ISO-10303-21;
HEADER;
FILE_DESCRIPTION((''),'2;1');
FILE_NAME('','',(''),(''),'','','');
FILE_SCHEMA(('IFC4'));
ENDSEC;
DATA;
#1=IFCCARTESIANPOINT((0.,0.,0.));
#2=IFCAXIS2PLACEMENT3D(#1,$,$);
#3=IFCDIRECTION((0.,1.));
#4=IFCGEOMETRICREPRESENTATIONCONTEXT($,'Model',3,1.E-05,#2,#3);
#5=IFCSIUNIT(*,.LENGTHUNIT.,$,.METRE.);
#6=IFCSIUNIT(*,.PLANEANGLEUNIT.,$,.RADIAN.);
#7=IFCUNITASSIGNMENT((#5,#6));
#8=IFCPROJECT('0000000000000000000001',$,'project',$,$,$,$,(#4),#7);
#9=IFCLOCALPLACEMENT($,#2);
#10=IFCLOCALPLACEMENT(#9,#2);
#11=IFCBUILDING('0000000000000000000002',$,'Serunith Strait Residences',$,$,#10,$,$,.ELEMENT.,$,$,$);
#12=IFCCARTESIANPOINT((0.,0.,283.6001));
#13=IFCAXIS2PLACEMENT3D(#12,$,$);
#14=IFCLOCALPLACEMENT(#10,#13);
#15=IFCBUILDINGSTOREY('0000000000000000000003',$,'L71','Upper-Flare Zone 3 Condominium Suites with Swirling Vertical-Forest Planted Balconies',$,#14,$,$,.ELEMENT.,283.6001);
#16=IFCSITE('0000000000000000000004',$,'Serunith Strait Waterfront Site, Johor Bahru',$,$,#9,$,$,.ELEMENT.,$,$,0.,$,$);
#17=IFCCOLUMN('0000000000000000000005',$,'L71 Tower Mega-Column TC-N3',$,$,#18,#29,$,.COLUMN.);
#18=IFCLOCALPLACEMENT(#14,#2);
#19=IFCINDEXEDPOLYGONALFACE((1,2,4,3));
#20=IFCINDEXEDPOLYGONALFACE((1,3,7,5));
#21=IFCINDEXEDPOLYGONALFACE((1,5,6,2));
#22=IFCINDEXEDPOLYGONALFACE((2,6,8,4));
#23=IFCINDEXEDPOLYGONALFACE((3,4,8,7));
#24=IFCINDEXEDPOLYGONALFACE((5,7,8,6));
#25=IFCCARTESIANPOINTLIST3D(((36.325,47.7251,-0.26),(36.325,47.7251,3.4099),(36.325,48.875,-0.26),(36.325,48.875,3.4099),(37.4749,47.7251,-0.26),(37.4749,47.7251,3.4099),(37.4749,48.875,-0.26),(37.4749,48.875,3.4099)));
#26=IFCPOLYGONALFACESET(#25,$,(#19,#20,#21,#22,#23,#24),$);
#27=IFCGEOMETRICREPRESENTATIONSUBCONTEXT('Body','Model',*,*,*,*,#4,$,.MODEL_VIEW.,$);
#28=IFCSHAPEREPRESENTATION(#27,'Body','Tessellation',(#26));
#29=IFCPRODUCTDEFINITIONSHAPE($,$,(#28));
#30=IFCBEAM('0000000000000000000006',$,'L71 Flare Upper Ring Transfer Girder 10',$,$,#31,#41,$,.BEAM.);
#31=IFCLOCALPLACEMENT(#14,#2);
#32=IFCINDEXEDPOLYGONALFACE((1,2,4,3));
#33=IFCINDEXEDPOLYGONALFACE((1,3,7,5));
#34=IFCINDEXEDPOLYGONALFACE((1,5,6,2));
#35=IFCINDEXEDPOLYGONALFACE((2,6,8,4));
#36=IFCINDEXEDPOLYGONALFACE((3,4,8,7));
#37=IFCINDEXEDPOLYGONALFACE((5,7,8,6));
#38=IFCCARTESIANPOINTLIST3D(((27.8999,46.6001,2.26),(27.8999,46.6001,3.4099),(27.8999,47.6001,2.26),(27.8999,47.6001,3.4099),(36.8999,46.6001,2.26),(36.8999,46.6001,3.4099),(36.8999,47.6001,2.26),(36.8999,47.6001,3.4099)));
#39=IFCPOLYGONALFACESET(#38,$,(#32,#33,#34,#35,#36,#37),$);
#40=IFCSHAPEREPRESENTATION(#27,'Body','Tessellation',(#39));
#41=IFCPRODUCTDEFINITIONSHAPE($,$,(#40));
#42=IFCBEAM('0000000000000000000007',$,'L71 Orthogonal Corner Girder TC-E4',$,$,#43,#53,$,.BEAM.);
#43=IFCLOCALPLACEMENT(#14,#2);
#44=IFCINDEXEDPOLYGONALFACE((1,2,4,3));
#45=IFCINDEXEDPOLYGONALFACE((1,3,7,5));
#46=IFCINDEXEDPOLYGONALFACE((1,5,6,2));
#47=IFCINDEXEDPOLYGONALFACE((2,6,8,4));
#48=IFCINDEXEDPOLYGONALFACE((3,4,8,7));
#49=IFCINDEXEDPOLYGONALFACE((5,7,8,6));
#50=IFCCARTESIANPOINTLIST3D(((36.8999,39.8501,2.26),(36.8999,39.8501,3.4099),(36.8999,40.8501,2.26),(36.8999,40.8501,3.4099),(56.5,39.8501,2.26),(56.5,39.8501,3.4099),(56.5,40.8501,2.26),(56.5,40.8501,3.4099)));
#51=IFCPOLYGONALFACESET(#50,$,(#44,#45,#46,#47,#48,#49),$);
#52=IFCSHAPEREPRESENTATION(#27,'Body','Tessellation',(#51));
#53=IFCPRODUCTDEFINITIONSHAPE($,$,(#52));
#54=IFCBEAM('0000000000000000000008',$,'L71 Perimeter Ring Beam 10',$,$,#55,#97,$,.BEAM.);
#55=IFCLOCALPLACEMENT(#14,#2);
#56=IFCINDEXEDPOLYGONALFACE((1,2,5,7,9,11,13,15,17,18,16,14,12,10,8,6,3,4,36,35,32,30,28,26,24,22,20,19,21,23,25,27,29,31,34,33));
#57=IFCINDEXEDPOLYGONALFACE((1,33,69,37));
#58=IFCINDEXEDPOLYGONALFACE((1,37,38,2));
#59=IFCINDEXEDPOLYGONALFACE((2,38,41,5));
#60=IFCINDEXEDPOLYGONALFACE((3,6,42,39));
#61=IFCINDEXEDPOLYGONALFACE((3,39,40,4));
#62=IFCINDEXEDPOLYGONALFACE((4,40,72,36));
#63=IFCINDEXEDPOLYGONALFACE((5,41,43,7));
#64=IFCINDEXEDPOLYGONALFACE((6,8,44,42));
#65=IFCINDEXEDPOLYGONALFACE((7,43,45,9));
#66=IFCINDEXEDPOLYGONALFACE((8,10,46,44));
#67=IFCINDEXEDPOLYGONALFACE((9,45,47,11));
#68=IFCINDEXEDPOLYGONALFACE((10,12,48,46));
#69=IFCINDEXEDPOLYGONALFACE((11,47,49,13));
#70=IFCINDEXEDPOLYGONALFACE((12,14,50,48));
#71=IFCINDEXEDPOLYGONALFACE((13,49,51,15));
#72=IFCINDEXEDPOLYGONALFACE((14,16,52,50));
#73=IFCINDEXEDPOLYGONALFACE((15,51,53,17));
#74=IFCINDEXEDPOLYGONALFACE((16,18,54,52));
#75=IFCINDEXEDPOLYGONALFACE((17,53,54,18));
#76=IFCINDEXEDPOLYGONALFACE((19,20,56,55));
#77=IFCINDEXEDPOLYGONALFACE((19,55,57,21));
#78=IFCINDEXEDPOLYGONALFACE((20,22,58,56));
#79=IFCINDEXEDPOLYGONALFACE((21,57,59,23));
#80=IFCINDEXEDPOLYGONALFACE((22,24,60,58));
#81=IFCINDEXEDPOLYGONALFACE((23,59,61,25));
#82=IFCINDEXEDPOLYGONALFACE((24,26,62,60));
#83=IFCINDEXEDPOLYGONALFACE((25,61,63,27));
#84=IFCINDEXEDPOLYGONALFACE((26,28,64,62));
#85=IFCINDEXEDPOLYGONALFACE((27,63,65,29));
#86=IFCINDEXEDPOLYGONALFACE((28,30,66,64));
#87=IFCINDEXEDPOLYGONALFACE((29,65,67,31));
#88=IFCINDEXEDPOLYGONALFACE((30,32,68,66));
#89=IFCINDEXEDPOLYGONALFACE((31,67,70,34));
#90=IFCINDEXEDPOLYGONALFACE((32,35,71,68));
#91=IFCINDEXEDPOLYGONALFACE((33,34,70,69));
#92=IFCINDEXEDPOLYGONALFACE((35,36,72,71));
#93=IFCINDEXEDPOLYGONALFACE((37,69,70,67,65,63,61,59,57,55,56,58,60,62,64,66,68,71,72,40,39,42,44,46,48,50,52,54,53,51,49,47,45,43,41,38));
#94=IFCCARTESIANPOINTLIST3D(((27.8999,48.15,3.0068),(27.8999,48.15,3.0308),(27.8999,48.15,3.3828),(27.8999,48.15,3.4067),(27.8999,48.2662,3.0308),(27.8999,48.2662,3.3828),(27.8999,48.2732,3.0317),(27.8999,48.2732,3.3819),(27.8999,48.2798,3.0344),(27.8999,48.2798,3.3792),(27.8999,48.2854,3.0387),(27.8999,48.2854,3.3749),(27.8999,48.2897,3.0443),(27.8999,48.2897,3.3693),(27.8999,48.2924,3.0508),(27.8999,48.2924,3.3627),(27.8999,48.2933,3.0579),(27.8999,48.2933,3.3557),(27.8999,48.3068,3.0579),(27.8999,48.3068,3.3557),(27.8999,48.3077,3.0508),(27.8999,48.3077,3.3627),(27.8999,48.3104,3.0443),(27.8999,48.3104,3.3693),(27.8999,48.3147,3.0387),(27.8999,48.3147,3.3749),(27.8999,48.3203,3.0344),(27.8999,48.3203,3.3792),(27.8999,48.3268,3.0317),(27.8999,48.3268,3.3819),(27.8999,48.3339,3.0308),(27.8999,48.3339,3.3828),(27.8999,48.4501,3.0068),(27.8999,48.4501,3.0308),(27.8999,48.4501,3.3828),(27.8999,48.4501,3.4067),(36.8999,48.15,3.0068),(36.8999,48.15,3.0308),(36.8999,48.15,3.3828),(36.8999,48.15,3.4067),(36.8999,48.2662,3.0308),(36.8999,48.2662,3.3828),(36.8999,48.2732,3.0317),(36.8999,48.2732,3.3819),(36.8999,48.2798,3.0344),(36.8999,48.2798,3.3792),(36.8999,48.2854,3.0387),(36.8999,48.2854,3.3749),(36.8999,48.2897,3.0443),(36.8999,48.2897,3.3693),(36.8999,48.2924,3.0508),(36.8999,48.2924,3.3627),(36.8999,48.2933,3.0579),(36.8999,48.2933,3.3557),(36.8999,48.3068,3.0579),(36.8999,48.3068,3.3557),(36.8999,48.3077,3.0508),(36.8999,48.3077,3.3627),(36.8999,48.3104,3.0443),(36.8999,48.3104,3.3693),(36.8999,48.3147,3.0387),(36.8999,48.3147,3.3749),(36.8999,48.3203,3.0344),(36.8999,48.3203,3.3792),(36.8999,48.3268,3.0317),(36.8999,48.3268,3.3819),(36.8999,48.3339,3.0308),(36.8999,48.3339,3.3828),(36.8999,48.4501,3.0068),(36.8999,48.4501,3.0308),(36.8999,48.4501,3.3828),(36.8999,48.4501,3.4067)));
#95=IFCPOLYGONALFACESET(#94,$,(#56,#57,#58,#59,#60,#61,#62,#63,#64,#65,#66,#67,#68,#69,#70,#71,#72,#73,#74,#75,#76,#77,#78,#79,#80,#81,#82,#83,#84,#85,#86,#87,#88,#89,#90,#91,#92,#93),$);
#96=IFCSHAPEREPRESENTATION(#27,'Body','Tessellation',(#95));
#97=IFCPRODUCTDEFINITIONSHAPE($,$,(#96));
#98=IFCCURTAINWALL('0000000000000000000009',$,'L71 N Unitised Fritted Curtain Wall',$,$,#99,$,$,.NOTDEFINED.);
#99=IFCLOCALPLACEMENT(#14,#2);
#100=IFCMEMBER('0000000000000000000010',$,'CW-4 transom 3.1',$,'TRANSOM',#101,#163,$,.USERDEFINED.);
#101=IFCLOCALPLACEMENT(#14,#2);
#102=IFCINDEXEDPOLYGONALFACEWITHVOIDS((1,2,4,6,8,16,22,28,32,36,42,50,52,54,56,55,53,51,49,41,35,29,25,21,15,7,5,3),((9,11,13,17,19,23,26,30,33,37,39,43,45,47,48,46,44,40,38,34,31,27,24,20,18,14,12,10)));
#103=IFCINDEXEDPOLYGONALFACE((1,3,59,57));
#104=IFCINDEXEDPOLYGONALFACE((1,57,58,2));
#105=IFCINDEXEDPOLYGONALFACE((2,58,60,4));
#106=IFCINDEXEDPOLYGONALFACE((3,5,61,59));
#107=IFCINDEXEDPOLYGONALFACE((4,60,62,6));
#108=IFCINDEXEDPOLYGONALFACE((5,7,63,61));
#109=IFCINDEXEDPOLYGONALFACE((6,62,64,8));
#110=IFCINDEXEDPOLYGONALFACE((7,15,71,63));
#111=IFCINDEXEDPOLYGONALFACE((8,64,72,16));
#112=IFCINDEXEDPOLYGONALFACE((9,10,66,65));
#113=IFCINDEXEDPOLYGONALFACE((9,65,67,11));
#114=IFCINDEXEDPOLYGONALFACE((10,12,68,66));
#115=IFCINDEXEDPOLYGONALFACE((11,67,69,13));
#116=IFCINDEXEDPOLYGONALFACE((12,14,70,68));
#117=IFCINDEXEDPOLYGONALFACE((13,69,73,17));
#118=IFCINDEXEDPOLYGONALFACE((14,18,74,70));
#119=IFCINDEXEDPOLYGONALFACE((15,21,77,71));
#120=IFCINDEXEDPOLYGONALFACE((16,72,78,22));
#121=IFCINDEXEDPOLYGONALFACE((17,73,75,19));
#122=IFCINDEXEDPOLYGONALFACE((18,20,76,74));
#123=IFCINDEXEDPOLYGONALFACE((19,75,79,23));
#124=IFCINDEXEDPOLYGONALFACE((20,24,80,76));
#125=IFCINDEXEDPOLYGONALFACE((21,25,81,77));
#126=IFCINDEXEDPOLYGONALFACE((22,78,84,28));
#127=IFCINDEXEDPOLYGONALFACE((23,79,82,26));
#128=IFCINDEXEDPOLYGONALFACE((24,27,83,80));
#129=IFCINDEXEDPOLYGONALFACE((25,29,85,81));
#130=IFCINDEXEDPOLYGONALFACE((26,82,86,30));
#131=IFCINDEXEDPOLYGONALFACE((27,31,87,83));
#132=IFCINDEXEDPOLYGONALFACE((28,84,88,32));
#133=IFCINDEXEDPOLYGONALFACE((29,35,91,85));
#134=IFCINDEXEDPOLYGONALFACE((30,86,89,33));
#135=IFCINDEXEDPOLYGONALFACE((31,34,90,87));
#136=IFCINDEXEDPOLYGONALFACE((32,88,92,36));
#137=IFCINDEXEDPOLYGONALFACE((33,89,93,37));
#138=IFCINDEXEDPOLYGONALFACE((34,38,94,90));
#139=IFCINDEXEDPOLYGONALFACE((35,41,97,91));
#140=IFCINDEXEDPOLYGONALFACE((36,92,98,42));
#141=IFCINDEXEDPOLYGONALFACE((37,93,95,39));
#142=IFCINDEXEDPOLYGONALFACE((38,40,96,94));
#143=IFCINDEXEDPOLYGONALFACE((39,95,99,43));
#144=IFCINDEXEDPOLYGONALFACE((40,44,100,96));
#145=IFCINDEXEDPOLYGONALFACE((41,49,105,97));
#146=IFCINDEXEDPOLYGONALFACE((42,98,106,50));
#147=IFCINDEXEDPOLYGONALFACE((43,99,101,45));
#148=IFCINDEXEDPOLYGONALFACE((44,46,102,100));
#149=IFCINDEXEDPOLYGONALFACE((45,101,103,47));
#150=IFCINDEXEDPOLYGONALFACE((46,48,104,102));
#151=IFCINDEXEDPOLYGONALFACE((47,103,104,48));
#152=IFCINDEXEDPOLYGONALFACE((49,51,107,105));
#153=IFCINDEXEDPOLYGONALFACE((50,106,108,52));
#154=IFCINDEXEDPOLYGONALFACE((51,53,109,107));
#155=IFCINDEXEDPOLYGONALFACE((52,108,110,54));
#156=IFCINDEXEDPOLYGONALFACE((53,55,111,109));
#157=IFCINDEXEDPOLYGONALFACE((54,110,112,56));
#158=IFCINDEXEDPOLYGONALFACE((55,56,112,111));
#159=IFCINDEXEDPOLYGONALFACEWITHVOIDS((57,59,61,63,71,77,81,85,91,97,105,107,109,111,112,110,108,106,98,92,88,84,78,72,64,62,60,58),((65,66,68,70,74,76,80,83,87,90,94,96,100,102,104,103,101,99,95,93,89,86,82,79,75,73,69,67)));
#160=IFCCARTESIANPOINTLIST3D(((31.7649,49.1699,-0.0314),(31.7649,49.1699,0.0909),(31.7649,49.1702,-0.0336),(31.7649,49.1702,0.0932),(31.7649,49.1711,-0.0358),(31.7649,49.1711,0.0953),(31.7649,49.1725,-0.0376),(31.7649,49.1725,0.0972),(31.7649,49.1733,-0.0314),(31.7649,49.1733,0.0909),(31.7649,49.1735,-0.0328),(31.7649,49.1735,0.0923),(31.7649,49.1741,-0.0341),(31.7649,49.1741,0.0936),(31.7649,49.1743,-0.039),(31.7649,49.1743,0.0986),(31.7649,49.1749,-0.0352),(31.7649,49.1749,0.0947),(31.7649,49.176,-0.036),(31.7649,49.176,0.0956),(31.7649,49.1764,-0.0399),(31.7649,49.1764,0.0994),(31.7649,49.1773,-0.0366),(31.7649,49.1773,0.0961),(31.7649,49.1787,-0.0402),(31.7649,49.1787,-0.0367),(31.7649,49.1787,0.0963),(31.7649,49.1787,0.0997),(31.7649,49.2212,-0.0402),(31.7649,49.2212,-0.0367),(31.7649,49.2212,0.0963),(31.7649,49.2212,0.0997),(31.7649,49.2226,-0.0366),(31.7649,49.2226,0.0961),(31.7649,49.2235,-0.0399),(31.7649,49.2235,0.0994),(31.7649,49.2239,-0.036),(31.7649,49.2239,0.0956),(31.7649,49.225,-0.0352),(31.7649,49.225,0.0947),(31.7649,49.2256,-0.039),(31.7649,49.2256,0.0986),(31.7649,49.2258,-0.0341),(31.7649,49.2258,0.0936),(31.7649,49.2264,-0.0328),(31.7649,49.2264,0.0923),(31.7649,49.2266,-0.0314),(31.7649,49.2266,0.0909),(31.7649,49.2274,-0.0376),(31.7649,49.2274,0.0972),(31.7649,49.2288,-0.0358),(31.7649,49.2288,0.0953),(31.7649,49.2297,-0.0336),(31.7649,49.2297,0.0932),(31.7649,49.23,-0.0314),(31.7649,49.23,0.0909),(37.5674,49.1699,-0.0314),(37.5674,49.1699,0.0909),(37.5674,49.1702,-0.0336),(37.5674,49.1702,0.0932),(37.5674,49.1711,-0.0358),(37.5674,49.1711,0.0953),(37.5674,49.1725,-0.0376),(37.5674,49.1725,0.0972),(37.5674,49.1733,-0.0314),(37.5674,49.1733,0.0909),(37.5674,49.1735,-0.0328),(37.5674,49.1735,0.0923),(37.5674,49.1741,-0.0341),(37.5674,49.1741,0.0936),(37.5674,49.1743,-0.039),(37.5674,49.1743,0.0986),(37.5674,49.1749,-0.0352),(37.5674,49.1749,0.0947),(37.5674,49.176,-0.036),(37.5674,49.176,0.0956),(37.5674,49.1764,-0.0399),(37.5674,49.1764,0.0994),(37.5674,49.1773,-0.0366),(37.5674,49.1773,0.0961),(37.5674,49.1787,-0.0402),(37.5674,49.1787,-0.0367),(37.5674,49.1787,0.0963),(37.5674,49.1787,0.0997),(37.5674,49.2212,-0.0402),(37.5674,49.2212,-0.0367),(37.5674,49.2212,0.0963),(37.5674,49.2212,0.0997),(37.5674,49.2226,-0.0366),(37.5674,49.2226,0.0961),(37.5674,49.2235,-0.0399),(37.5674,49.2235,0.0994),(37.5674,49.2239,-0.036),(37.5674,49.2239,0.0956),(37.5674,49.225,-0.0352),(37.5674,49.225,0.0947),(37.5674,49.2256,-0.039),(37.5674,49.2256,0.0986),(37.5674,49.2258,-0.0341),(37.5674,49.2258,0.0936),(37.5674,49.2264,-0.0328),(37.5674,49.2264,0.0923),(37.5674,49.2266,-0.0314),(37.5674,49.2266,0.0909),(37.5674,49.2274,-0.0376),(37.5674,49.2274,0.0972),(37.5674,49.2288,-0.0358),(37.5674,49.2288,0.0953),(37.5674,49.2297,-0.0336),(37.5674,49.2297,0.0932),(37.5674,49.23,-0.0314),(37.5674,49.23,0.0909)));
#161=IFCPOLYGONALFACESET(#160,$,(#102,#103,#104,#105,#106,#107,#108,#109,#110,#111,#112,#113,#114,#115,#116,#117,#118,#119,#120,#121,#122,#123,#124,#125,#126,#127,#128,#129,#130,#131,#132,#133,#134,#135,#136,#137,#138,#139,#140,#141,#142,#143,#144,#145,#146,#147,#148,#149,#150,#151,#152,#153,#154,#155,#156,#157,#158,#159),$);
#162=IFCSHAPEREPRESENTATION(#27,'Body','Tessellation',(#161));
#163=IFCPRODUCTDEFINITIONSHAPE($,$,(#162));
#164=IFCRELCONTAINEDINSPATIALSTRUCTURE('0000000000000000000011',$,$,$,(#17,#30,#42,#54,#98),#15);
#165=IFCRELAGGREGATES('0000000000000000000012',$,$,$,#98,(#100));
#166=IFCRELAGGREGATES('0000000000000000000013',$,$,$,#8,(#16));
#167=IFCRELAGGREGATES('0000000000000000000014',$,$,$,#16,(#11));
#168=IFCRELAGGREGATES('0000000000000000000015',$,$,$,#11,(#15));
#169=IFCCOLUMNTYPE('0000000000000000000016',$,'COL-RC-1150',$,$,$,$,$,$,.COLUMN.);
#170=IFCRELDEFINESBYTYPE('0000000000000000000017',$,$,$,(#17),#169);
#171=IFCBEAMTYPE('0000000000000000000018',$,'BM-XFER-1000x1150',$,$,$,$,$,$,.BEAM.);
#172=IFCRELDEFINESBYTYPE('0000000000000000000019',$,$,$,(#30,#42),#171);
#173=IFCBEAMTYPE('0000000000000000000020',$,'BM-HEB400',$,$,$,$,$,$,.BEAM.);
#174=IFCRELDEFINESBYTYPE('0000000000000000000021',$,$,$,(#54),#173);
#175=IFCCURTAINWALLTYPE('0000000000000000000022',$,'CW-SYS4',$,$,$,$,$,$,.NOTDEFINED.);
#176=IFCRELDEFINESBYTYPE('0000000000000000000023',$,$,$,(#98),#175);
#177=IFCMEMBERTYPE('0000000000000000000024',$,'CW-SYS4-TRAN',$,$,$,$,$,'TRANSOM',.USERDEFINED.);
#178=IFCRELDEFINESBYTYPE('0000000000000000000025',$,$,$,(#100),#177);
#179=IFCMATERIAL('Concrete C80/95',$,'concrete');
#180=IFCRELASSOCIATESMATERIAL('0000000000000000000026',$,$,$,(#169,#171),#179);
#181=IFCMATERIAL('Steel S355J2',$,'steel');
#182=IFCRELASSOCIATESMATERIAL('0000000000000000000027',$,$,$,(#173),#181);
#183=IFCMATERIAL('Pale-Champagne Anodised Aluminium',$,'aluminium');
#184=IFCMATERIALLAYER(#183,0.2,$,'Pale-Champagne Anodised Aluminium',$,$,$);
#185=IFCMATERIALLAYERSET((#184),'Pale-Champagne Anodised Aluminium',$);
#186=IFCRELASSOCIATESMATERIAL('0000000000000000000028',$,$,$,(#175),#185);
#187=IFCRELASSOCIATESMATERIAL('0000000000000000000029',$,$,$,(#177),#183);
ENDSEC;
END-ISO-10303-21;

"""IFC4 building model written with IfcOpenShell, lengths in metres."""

from ifc_helpers import new_model, si_unit, direction, frame, origin, origin_2d, place, context, subcontext, project, spatial, rectangle, hollow_rectangle, i_section, extrude, source, transform, mapped, material, layer, layer_set, material_profile, profile_set, type_object, element, aggregate, save


model = new_model("IFC4")

# Units and contexts
model_context = context("Model", 3, precision=1e-05, world=origin(), true_north=direction((0.0, 1.0)))
body_context = subcontext(model_context, "Body", "Model", "MODEL_VIEW")
ifc_project = project(units=[si_unit("LENGTHUNIT", "METRE"), si_unit("PLANEANGLEUNIT", "RADIAN")], contexts=[model_context])

# Site, building, storey
site_placement = place(None, origin())
site = spatial("IfcSite", under=ifc_project, at=site_placement, Name="Serunith Strait Waterfront Site, Johor Bahru", CompositionType="ELEMENT", RefElevation=0.0)
building_placement = place(site_placement, origin())
building = spatial("IfcBuilding", under=site, at=building_placement, Name="Serunith Strait Residences", CompositionType="ELEMENT")
storey_placement = place(building_placement, frame((0.0, 0.0, 283.6001)))
storey = spatial("IfcBuildingStorey", under=building, at=storey_placement, Name="L71", Description="Upper-Flare Zone 3 Condominium Suites with Swirling Vertical-Forest Planted Balconies", CompositionType="ELEMENT", Elevation=283.6001)

# Column
ifc_material_1 = material(Name="Concrete C80/95", Category="concrete")
ifc_material_profile_1 = material_profile(ifc_material_1, rectangle(XDim=1.1499, YDim=1.1499, at=origin_2d()), Name="RC 1150x1150")
ifc_profile_set_1 = profile_set([ifc_material_profile_1], Name="Concrete C80/95")
column_type = type_object("IfcColumnType", Name="COL-RC-1150", PredefinedType="COLUMN", material=ifc_profile_set_1)
shared_shape_1 = source(origin(), body_context, "Body", "SweptSolid", [
    extrude(rectangle(XDim=1.1499, YDim=1.1499, at=origin_2d()), origin(), (0.0, 0.0, 1.0), 3.6699),
])
column_placement = place(storey_placement, frame((36.8999, 48.3, -0.26), z_axis=(0.0, 0.0, 1.0), x_axis=(1.0, 0.0, 0.0)))
element("IfcColumn", 1, at=column_placement, inside=storey, type_object=column_type, Name="L71 Tower Mega-Column TC-N3", PredefinedType="COLUMN", context=body_context, shape_type="MappedRepresentation", body=[
    mapped(shared_shape_1, transform((0.0, 0.0, 0.0), scale=1.0)),
])

# Beams
ifc_material_profile_2 = material_profile(ifc_material_1, rectangle(XDim=1.0, YDim=1.1499, at=origin_2d()), Name="RC 1000x1150")
ifc_profile_set_2 = profile_set([ifc_material_profile_2], Name="Concrete C80/95")
beam_type_1 = type_object("IfcBeamType", Name="BM-XFER-1000x1150", PredefinedType="BEAM", material=ifc_profile_set_2)
shared_shape_2 = source(origin(), body_context, "Body", "SweptSolid", [
    extrude(rectangle(XDim=1.0, YDim=1.1499, at=origin_2d()), origin(), (0.0, 0.0, 1.0), 9.0),
])
beam_1_placement = place(storey_placement, frame((36.8999, 47.1001, 2.835), z_axis=(-1.0, 0.0, 0.0), x_axis=(0.0, -1.0, 0.0)))
element("IfcBeam", 2, at=beam_1_placement, inside=storey, type_object=beam_type_1, Name="L71 Flare Upper Ring Transfer Girder 10", PredefinedType="BEAM", context=body_context, shape_type="MappedRepresentation", body=[
    mapped(shared_shape_2, transform((0.0, 0.0, 0.0), scale=1.0)),
])
shared_shape_3 = source(origin(), body_context, "Body", "SweptSolid", [
    extrude(rectangle(XDim=1.0, YDim=1.1499, at=origin_2d()), origin(), (0.0, 0.0, 1.0), 19.6001),
])
beam_2_placement = place(storey_placement, frame((36.8999, 40.3501, 2.835), z_axis=(1.0, 0.0, 0.0), x_axis=(0.0, 1.0, 0.0)))
element("IfcBeam", 3, at=beam_2_placement, inside=storey, type_object=beam_type_1, Name="L71 Orthogonal Corner Girder TC-E4", PredefinedType="BEAM", context=body_context, shape_type="MappedRepresentation", body=[
    mapped(shared_shape_3, transform((0.0, 0.0, 0.0), scale=1.0)),
])
ifc_material_2 = material(Name="Steel S355J2", Category="steel")
ifc_material_profile_3 = material_profile(ifc_material_2, i_section(OverallWidth=0.3, OverallDepth=0.3999, WebThickness=0.0134, FlangeThickness=0.0239, FilletRadius=0.0271, at=origin_2d()), Name="HEB 400")
ifc_profile_set_3 = profile_set([ifc_material_profile_3], Name="Steel S355J2")
beam_type_2 = type_object("IfcBeamType", Name="BM-HEB400", PredefinedType="BEAM", material=ifc_profile_set_3)
shared_shape_4 = source(origin(), body_context, "Body", "SweptSolid", [
    extrude(i_section(OverallWidth=0.3, OverallDepth=0.3999, WebThickness=0.0134, FlangeThickness=0.0239, FilletRadius=0.0271, at=origin_2d()), origin(), (0.0, 0.0, 1.0), 9.0),
])
beam_3_placement = place(storey_placement, frame((36.8999, 48.3, 3.2068), z_axis=(-1.0, 0.0, 0.0), x_axis=(0.0, -1.0, 0.0)))
element("IfcBeam", 4, at=beam_3_placement, inside=storey, type_object=beam_type_2, Name="L71 Perimeter Ring Beam 10", PredefinedType="BEAM", context=body_context, shape_type="MappedRepresentation", body=[
    mapped(shared_shape_4, transform((0.0, 0.0, 0.0), scale=1.0)),
])

# Curtain wall, member
ifc_material_3 = material(Name="Pale-Champagne Anodised Aluminium", Category="aluminium")
ifc_layer_1 = layer(ifc_material_3, 0.2, Name="Pale-Champagne Anodised Aluminium")
ifc_layer_set_1 = layer_set([ifc_layer_1], Name="Pale-Champagne Anodised Aluminium")
curtain_wall_type = type_object("IfcCurtainWallType", Name="CW-SYS4", PredefinedType="NOTDEFINED", material=ifc_layer_set_1)
curtain_wall_placement = place(storey_placement, origin())
curtain_wall = element("IfcCurtainWall", 5, at=curtain_wall_placement, inside=storey, type_object=curtain_wall_type, Name="L71 N Unitised Fritted Curtain Wall", PredefinedType="NOTDEFINED")
ifc_material_profile_4 = material_profile(ifc_material_3, hollow_rectangle(XDim=0.0601, YDim=0.1399, WallThickness=0.0034, InnerFilletRadius=0.0054, OuterFilletRadius=0.0088, at=origin_2d()), Name="ALU 140x60x3.5")
ifc_profile_set_4 = profile_set([ifc_material_profile_4], Name="Pale-Champagne Anodised Aluminium")
member_type_1 = type_object("IfcMemberType", Name="CW-SYS4-TRAN", ElementType="TRANSOM", PredefinedType="USERDEFINED", material=ifc_profile_set_4)
shared_shape_5 = source(origin(), body_context, "Body", "SweptSolid", [
    extrude(hollow_rectangle(XDim=0.0601, YDim=0.1399, WallThickness=0.0034, InnerFilletRadius=0.0054, OuterFilletRadius=0.0088, at=origin_2d()), origin(), (0.0, 0.0, 1.0), 5.8025),
])
member_1_placement = place(storey_placement, frame((37.5674, 49.2, 0.0298), z_axis=(-1.0, 0.0, 0.0), x_axis=(0.0, -1.0, 0.0)))
member_1 = element("IfcMember", 6, at=member_1_placement, type_object=member_type_1, Name="CW-4 transom 3.1", ObjectType="TRANSOM", PredefinedType="USERDEFINED", context=body_context, shape_type="MappedRepresentation", body=[
    mapped(shared_shape_5, transform((0.0, 0.0, 0.0), scale=1.0)),
])
aggregate(curtain_wall, [member_1])

save(model, "model.ifc")
